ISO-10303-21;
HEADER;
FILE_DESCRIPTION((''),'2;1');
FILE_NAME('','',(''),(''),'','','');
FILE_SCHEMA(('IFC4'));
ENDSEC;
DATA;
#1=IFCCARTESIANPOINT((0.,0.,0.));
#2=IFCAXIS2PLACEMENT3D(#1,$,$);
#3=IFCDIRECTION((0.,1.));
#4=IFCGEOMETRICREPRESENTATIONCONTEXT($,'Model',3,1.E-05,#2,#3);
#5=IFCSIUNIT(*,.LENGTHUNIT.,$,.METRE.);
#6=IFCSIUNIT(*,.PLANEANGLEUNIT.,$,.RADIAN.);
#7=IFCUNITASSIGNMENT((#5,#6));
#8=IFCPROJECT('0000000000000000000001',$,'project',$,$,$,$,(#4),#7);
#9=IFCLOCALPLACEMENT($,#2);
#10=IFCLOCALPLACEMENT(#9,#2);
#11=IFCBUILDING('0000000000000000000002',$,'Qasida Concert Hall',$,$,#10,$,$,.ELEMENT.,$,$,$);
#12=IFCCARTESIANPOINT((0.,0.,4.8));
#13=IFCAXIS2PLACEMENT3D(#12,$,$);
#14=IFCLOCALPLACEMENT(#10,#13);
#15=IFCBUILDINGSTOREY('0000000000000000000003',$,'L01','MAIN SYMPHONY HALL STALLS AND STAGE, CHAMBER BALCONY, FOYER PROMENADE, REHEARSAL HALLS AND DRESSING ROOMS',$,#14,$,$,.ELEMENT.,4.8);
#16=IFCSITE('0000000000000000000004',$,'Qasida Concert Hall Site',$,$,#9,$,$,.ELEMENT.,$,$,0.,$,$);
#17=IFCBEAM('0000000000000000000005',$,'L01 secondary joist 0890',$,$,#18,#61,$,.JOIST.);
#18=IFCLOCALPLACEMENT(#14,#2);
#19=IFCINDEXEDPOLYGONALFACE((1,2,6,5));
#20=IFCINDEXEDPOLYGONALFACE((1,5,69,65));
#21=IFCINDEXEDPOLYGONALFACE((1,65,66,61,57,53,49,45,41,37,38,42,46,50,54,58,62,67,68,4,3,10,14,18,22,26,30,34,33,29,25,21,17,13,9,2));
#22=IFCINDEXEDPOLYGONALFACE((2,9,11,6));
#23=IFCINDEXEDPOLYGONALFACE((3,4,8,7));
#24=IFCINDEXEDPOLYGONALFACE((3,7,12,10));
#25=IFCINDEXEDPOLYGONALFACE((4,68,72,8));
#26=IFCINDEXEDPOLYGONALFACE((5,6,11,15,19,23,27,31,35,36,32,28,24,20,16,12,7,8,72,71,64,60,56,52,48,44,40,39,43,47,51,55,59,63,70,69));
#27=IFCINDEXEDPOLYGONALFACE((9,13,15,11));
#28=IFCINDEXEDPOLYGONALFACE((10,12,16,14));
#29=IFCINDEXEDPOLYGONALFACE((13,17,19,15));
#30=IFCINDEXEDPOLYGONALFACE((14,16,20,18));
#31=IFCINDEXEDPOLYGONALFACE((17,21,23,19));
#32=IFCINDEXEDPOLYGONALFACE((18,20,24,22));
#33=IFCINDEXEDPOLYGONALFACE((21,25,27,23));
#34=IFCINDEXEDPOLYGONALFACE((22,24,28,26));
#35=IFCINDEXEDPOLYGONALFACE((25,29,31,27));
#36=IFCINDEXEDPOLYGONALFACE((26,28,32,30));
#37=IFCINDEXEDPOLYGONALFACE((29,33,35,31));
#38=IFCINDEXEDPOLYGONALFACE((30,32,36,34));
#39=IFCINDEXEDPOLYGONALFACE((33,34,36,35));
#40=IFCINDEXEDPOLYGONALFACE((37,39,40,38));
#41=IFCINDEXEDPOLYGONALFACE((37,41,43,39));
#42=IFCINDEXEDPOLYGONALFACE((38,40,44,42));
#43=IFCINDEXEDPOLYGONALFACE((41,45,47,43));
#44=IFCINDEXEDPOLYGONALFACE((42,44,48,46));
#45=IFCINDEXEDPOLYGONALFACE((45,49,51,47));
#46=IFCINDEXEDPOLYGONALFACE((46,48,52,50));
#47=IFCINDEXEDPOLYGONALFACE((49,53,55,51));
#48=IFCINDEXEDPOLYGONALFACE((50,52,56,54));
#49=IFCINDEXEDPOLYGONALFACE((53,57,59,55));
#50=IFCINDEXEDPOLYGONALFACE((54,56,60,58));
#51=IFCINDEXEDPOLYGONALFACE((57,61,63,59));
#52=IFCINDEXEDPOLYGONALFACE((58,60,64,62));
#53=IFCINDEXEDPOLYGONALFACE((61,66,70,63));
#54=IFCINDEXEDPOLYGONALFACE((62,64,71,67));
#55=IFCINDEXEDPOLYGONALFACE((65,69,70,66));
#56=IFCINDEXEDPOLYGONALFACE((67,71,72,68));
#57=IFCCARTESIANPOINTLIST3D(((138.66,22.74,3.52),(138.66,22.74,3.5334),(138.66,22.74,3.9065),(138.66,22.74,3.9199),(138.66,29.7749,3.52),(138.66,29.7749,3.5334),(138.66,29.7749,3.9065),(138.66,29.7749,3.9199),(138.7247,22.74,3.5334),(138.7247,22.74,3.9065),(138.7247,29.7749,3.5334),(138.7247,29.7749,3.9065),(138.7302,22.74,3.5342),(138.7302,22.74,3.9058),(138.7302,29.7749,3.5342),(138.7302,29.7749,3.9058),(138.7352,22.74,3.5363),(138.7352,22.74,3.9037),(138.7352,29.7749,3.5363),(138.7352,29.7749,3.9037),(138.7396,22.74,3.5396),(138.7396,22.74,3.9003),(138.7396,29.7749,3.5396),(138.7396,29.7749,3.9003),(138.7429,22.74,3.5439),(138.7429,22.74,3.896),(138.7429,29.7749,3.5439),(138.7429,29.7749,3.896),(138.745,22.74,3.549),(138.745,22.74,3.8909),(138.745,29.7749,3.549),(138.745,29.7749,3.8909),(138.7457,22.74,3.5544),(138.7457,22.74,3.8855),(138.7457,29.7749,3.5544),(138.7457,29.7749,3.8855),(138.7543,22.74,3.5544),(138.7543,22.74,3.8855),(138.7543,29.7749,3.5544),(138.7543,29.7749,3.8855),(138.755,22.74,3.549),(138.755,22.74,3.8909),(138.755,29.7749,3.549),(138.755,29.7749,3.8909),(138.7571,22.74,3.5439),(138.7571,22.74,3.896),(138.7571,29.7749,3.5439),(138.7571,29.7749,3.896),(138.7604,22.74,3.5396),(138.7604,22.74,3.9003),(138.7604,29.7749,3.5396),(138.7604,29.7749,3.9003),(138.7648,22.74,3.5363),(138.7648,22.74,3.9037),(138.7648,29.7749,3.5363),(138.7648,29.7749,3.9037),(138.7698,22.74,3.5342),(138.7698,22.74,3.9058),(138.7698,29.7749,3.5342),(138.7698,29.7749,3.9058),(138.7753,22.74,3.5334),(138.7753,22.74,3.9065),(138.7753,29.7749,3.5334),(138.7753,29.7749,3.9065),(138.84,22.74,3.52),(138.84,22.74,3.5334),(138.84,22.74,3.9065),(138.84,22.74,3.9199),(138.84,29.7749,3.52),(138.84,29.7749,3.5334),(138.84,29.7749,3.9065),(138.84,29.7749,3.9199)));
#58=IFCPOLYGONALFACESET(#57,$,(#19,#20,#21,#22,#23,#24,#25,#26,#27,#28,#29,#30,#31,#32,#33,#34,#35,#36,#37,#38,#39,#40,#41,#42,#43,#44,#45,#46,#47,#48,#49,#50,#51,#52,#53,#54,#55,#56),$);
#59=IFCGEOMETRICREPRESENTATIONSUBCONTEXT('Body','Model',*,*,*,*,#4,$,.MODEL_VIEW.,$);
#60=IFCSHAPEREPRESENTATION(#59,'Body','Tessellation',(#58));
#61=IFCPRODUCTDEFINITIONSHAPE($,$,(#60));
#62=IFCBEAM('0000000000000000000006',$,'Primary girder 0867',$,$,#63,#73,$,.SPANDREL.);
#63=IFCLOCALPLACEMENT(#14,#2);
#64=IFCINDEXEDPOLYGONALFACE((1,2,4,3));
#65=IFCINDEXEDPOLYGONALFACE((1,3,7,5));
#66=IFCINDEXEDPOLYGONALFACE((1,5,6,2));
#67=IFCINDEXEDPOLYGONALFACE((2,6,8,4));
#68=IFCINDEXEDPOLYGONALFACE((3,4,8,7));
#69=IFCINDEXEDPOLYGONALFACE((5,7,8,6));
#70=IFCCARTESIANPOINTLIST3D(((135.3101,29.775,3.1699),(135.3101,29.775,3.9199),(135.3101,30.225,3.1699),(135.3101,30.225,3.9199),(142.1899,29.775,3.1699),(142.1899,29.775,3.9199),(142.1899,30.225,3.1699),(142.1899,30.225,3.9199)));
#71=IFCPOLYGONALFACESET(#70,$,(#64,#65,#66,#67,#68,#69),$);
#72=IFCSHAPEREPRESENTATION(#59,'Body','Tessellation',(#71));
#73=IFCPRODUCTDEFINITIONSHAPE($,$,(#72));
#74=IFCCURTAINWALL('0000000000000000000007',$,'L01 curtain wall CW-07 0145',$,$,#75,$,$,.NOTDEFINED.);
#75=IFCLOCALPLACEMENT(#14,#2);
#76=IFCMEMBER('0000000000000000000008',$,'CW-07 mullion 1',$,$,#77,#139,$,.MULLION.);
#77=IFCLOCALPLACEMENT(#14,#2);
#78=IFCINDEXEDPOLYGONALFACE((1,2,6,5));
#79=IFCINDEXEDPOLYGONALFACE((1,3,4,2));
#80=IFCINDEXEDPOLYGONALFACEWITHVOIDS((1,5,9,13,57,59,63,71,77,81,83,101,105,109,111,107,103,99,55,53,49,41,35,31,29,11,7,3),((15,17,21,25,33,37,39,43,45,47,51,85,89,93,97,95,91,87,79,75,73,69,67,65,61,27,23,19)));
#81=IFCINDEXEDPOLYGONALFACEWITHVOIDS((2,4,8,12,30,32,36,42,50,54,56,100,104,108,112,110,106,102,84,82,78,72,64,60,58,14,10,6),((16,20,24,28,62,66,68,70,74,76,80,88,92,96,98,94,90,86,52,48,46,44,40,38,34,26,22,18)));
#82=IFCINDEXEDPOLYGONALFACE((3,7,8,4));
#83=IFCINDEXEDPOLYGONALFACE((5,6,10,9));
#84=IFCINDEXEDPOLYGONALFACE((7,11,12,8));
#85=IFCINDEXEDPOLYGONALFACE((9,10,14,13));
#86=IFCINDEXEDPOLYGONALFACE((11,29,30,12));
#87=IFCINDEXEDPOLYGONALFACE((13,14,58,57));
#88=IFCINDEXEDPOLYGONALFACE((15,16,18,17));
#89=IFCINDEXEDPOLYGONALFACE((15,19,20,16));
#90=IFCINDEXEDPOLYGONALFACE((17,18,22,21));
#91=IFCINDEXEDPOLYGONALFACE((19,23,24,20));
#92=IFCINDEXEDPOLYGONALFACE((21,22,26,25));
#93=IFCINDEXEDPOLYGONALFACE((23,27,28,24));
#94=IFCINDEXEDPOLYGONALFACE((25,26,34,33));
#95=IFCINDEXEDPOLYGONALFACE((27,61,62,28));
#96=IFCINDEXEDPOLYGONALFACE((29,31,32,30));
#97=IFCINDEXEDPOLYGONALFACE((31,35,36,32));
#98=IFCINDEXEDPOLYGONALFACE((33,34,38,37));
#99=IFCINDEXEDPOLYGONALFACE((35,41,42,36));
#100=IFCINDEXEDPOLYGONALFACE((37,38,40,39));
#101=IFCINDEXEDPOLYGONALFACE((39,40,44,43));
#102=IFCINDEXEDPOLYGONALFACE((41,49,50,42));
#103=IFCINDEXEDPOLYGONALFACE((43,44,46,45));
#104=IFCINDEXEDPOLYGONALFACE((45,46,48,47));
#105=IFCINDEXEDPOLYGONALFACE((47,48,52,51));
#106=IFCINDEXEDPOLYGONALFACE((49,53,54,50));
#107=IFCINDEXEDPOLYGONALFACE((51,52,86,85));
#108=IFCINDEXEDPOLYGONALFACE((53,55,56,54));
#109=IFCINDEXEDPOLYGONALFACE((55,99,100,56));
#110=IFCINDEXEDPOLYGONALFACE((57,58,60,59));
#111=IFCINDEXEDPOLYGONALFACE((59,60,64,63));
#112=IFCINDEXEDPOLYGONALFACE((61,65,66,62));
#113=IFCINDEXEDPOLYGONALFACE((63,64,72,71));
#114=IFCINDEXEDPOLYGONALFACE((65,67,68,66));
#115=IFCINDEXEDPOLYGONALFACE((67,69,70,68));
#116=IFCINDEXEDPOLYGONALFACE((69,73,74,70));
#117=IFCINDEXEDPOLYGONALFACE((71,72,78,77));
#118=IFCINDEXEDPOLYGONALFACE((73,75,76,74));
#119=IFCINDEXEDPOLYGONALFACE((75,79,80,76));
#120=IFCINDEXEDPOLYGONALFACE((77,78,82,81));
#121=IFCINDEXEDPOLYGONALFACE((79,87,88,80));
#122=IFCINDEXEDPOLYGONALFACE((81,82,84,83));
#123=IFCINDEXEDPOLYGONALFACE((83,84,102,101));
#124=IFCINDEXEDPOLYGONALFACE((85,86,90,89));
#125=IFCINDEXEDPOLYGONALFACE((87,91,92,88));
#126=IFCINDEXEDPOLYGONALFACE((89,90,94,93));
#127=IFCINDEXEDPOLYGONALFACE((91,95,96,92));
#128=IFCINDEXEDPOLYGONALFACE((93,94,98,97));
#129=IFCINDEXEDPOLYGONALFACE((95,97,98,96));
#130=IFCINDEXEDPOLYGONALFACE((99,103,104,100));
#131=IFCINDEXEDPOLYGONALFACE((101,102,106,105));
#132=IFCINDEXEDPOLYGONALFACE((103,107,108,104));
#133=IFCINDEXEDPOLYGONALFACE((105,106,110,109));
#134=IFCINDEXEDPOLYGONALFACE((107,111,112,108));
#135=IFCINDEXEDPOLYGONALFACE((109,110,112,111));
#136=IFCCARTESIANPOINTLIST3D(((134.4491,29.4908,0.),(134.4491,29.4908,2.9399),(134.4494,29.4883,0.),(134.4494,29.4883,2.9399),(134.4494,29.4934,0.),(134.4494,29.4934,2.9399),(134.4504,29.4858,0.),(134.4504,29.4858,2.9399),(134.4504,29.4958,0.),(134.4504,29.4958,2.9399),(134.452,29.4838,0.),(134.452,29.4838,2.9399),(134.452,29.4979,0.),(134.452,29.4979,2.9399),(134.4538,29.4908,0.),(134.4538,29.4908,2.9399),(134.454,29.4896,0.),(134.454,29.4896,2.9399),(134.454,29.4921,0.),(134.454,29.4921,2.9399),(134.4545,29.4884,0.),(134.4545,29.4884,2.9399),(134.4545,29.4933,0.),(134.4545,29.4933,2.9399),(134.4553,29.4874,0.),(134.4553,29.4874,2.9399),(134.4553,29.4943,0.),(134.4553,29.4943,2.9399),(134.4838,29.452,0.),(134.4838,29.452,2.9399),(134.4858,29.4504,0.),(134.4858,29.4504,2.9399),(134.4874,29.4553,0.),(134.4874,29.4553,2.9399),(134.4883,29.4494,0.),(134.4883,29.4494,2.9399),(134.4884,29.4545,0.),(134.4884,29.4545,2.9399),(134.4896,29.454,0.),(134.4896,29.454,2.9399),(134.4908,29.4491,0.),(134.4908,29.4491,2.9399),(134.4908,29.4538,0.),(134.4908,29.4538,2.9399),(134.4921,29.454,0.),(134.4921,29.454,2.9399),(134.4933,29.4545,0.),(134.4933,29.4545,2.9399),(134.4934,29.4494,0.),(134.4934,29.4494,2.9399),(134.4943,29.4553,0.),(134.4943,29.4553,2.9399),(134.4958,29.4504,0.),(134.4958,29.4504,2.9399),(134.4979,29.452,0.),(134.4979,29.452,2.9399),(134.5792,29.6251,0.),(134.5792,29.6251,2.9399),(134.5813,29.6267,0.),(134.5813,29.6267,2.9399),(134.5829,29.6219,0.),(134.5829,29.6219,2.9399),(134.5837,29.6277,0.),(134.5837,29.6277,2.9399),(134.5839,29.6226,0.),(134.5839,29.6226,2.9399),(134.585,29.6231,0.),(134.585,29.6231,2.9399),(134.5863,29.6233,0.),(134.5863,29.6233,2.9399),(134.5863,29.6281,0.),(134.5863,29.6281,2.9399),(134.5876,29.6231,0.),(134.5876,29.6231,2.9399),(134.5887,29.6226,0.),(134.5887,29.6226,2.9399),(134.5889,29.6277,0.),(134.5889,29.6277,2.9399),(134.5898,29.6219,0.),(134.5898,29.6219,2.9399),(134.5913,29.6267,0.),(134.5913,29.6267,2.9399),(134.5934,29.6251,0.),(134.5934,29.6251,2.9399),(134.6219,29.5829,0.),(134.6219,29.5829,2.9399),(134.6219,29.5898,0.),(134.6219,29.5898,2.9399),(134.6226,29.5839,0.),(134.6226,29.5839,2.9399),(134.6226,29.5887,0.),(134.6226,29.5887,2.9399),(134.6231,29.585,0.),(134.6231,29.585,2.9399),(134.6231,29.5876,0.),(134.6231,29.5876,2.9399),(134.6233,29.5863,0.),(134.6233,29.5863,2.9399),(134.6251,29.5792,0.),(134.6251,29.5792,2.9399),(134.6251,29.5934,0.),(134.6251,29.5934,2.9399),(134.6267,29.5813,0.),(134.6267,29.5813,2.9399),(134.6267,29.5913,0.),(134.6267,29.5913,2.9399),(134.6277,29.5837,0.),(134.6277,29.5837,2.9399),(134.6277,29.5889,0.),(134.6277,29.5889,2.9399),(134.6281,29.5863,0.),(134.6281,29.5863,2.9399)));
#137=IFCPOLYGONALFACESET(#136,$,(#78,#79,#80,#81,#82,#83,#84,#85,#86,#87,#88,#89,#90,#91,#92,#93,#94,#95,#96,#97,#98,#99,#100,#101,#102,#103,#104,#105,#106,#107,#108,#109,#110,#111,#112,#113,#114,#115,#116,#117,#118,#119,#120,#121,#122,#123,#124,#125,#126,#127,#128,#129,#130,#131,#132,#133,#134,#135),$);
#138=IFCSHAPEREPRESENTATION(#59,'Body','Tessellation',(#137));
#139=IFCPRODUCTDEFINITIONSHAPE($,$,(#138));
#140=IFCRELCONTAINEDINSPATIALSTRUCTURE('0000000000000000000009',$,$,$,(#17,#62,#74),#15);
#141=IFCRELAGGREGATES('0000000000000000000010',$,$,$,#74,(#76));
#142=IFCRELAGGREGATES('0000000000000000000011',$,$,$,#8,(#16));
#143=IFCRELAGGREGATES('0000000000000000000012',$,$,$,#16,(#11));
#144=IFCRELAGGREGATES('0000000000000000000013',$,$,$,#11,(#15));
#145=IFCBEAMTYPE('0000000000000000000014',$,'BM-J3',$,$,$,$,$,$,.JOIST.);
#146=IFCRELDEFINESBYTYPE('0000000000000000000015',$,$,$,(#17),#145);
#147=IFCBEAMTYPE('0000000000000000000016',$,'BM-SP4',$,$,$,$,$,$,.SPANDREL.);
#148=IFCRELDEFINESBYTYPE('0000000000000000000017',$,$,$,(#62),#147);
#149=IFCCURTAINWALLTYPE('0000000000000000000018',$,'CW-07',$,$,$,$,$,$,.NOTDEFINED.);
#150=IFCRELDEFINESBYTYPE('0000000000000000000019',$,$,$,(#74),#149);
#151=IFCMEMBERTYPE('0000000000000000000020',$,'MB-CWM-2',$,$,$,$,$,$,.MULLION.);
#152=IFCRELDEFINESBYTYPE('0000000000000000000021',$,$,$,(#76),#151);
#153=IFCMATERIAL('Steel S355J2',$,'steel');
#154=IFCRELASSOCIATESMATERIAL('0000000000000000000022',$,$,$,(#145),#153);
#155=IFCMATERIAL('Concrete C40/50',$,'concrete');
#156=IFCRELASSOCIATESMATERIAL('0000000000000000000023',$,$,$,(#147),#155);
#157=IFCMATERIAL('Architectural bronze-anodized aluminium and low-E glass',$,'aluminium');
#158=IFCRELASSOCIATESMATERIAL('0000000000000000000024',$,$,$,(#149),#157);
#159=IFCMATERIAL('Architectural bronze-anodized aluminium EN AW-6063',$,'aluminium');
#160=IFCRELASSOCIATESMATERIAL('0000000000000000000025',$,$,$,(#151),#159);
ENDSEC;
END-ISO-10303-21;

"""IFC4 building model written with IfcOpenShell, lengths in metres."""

from ifc_helpers import new_model, si_unit, direction, frame, origin, origin_2d, place, context, subcontext, project, spatial, rectangle, hollow_rectangle, i_section, extrude, material, material_profile, profile_set, type_object, element, aggregate, save


model = new_model("IFC4")

# Units and contexts
model_context = context("Model", 3, precision=1e-05, world=origin(), true_north=direction((0.0, 1.0)))
body_context = subcontext(model_context, "Body", "Model", "MODEL_VIEW")
ifc_project = project(units=[si_unit("LENGTHUNIT", "METRE"), si_unit("PLANEANGLEUNIT", "RADIAN")], contexts=[model_context])

# Site, building, storey
site_placement = place(None, origin())
site = spatial("IfcSite", under=ifc_project, at=site_placement, Name="Qasida Concert Hall Site", CompositionType="ELEMENT", RefElevation=0.0)
building_placement = place(site_placement, origin())
building = spatial("IfcBuilding", under=site, at=building_placement, Name="Qasida Concert Hall", CompositionType="ELEMENT")
storey_placement = place(building_placement, frame((0.0, 0.0, 4.8)))
storey = spatial("IfcBuildingStorey", under=building, at=storey_placement, Name="L01", Description="MAIN SYMPHONY HALL STALLS AND STAGE, CHAMBER BALCONY, FOYER PROMENADE, REHEARSAL HALLS AND DRESSING ROOMS", CompositionType="ELEMENT", Elevation=4.8)

# Beams
ifc_material_1 = material(Name="Concrete C40/50", Category="concrete")
ifc_material_2 = material(Name="Steel S355J2", Category="steel")
ifc_material_profile_1 = material_profile(ifc_material_2, i_section(OverallWidth=0.1799, OverallDepth=0.3999, WebThickness=0.0085, FlangeThickness=0.0134, FilletRadius=0.021, at=origin_2d()), Name="IPE 400")
ifc_profile_set_1 = profile_set([ifc_material_profile_1], Name="Steel S355J2")
beam_type_1 = type_object("IfcBeamType", Name="BM-J3", PredefinedType="JOIST", material=ifc_profile_set_1)
beam_1_placement = place(storey_placement, frame((138.75, 22.74, 3.72), z_axis=(0.0, 1.0, 0.0), x_axis=(-1.0, 0.0, 0.0)))
element("IfcBeam", 1, at=beam_1_placement, inside=storey, type_object=beam_type_1, Name="L01 secondary joist 0890", PredefinedType="JOIST", context=body_context, shape_type="SweptSolid", body=[
    extrude(i_section(OverallWidth=0.1799, OverallDepth=0.3999, WebThickness=0.0085, FlangeThickness=0.0134, FilletRadius=0.021, at=origin_2d()), origin(), (0.0, 0.0, 1.0), 7.0349),
])
ifc_material_profile_2 = material_profile(ifc_material_1, rectangle(XDim=0.45, YDim=0.75, at=origin_2d()), Name="RC 450x750")
ifc_profile_set_2 = profile_set([ifc_material_profile_2], Name="Concrete C40/50")
beam_type_2 = type_object("IfcBeamType", Name="BM-SP4", PredefinedType="SPANDREL", material=ifc_profile_set_2)
beam_2_placement = place(storey_placement, frame((135.3101, 30.0, 3.5449), z_axis=(1.0, 0.0, 0.0), x_axis=(0.0, 1.0, 0.0)))
element("IfcBeam", 2, at=beam_2_placement, inside=storey, type_object=beam_type_2, Name="Primary girder 0867", PredefinedType="SPANDREL", context=body_context, shape_type="SweptSolid", body=[
    extrude(rectangle(XDim=0.45, YDim=0.75, at=origin_2d()), origin(), (0.0, 0.0, 1.0), 6.8799),
])

# Curtain wall, member
ifc_material_3 = material(Name="Architectural bronze-anodized aluminium and low-E glass", Category="aluminium")
curtain_wall_type = type_object("IfcCurtainWallType", Name="CW-07", PredefinedType="NOTDEFINED", material=ifc_material_3)
curtain_wall_placement = place(storey_placement, origin())
curtain_wall = element("IfcCurtainWall", 3, at=curtain_wall_placement, inside=storey, type_object=curtain_wall_type, Name="L01 curtain wall CW-07 0145", PredefinedType="NOTDEFINED")
ifc_material_4 = material(Name="Architectural bronze-anodized aluminium EN AW-6063", Category="aluminium")
ifc_material_profile_3 = material_profile(ifc_material_4, hollow_rectangle(XDim=0.0649, YDim=0.2, WallThickness=0.0049, InnerFilletRadius=0.0049, OuterFilletRadius=0.01, at=origin_2d()), Name="CWM 200x65x5")
ifc_profile_set_3 = profile_set([ifc_material_profile_3], Name="Architectural bronze-anodized aluminium EN AW-6063")
member_type_1 = type_object("IfcMemberType", Name="MB-CWM-2", PredefinedType="MULLION", material=ifc_profile_set_3)
member_1_placement = place(storey_placement, frame((134.5386, 29.5386, 0.0), z_axis=(0.0, 0.0, 1.0), x_axis=(0.707107, -0.707107, 0.0)))
member_1 = element("IfcMember", 4, at=member_1_placement, type_object=member_type_1, Name="CW-07 mullion 1", PredefinedType="MULLION", context=body_context, shape_type="SweptSolid", body=[
    extrude(hollow_rectangle(XDim=0.0649, YDim=0.2, WallThickness=0.0049, InnerFilletRadius=0.0049, OuterFilletRadius=0.01, at=origin_2d()), origin(), (0.0, 0.0, 1.0), 2.9399),
])
aggregate(curtain_wall, [member_1])

save(model, "model.ifc")
